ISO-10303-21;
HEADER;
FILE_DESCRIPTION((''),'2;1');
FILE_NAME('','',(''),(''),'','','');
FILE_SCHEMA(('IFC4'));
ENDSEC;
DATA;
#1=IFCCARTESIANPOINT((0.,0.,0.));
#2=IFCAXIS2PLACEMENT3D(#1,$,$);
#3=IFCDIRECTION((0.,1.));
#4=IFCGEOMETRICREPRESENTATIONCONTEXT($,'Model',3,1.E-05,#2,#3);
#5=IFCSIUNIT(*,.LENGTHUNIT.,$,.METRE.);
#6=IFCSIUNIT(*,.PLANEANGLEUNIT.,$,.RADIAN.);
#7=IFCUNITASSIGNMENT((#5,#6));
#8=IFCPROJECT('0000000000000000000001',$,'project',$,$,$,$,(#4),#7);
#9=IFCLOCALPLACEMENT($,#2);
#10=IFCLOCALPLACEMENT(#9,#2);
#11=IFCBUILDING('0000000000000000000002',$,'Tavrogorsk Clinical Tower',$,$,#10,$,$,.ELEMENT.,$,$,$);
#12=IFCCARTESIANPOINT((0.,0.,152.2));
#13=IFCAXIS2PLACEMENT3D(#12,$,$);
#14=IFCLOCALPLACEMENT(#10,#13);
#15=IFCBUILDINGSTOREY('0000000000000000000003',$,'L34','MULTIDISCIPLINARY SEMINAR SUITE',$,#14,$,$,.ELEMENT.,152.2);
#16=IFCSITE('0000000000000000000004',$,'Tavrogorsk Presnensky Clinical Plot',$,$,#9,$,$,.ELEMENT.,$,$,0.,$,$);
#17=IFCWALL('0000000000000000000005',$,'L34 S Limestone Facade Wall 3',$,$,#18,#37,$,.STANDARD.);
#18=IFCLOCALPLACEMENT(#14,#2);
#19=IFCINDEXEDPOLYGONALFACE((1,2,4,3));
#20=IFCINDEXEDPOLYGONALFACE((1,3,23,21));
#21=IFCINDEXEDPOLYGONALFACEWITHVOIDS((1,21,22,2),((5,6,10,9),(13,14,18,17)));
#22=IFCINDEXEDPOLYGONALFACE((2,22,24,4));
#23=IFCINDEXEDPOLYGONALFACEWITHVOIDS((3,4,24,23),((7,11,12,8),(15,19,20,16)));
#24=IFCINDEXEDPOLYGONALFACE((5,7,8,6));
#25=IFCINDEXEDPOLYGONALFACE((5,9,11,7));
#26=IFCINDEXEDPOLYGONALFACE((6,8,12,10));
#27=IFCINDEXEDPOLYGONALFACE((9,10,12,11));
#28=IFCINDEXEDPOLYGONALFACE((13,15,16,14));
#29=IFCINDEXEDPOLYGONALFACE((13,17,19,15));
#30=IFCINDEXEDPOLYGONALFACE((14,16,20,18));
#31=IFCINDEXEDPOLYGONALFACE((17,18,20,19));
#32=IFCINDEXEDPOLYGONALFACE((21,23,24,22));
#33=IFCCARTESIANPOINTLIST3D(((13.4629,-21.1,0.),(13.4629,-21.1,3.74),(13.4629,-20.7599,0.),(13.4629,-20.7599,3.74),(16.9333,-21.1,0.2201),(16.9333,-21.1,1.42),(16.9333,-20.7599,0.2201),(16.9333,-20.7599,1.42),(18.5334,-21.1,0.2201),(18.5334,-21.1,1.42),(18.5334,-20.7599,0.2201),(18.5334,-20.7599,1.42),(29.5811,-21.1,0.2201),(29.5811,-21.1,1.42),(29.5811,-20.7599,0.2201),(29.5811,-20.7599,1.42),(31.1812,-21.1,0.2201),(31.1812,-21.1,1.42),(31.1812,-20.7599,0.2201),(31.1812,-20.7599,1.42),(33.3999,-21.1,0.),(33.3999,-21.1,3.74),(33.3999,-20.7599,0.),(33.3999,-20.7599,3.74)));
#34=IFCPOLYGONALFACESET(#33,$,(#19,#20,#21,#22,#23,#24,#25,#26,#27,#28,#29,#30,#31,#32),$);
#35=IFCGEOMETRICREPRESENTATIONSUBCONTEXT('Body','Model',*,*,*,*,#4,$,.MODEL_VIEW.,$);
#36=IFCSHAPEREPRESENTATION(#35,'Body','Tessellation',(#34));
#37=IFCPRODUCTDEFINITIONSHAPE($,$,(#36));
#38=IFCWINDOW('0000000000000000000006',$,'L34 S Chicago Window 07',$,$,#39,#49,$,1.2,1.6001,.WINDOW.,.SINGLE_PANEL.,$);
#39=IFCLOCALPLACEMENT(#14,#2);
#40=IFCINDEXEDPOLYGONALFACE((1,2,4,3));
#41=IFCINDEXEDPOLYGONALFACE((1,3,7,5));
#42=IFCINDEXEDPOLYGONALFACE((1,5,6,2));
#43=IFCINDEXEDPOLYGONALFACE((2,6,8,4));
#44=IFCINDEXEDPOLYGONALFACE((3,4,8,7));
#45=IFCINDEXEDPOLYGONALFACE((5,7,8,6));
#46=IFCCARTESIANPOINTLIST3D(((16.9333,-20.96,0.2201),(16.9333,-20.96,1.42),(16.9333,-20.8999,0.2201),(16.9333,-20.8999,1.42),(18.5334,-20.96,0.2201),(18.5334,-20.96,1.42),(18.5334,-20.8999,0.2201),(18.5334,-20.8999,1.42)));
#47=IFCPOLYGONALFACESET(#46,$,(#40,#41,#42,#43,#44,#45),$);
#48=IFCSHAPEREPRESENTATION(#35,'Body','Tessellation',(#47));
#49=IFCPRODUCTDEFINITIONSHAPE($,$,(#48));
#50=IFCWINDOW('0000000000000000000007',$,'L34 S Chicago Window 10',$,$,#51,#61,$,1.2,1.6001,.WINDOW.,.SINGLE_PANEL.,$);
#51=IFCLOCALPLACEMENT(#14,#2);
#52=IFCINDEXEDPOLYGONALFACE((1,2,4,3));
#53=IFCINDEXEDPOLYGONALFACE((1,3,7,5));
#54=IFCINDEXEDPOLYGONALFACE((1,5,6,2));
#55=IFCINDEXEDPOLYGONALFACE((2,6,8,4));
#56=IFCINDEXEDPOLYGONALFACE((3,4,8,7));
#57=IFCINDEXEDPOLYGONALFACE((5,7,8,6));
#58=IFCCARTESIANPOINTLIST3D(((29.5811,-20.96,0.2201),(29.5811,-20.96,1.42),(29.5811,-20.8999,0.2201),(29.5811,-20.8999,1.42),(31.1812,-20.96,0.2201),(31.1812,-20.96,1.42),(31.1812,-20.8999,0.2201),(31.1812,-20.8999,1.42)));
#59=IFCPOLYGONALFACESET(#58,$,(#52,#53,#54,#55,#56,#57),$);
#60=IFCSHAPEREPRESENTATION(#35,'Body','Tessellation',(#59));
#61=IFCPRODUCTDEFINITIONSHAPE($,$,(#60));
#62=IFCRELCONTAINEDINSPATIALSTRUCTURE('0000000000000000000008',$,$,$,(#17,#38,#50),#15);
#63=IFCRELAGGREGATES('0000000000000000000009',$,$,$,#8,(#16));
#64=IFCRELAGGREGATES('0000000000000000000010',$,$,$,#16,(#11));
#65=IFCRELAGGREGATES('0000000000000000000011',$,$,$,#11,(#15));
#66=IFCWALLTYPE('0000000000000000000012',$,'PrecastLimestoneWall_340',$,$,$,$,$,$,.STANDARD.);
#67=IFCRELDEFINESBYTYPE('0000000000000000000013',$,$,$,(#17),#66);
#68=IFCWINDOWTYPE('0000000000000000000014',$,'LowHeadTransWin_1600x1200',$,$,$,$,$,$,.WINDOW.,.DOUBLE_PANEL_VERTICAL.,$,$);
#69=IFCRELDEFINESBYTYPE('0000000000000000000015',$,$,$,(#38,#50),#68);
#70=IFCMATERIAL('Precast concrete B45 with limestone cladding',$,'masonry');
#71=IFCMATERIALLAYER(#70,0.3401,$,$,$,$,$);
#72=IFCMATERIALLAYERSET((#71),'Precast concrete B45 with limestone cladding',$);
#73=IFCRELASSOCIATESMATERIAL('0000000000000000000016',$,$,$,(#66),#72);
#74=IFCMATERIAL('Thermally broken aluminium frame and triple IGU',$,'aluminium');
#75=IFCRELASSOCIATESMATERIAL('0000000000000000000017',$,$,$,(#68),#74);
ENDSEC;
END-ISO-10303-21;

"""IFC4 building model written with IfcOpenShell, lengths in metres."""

from ifc_helpers import new_model, si_unit, direction, frame, frame_2d, origin, place, context, subcontext, project, spatial, rectangle, extrude, material, layer, layer_set, type_object, element, fill, save


model = new_model("IFC4")

# Units and contexts
model_context = context("Model", 3, precision=1e-05, world=origin(), true_north=direction((0.0, 1.0)))
body_context = subcontext(model_context, "Body", "Model", "MODEL_VIEW")
ifc_project = project(units=[si_unit("LENGTHUNIT", "METRE"), si_unit("PLANEANGLEUNIT", "RADIAN")], contexts=[model_context])

# Site, building, storey
site_placement = place(None, origin())
site = spatial("IfcSite", under=ifc_project, at=site_placement, Name="Tavrogorsk Presnensky Clinical Plot", CompositionType="ELEMENT", RefElevation=0.0)
building_placement = place(site_placement, origin())
building = spatial("IfcBuilding", under=site, at=building_placement, Name="Tavrogorsk Clinical Tower", CompositionType="ELEMENT")
storey_placement = place(building_placement, frame((0.0, 0.0, 152.2)))
storey = spatial("IfcBuildingStorey", under=building, at=storey_placement, Name="L34", Description="MULTIDISCIPLINARY SEMINAR SUITE", CompositionType="ELEMENT", Elevation=152.2)

# Wall, openings, windows
ifc_material_1 = material(Name="Precast concrete B45 with limestone cladding", Category="masonry")
ifc_layer_1 = layer(ifc_material_1, 0.3401)
ifc_layer_set_1 = layer_set([ifc_layer_1], Name="Precast concrete B45 with limestone cladding")
wall_type_1 = type_object("IfcWallType", Name="PrecastLimestoneWall_340", PredefinedType="STANDARD", material=ifc_layer_set_1)
wall_1_placement = place(storey_placement, frame((13.4629, -20.9299, 0.0), z_axis=(0.0, 0.0, 1.0), x_axis=(1.0, 0.0, 0.0)))
wall_1 = element("IfcWall", 1, at=wall_1_placement, inside=storey, type_object=wall_type_1, Name="L34 S Limestone Facade Wall 3", PredefinedType="STANDARD", context=body_context, shape_type="SweptSolid", body=[
    extrude(rectangle(XDim=19.937, YDim=0.3401, at=frame_2d((9.9685, 0.0))), origin(), (0.0, 0.0, 1.0), 3.74),
])
opening_1_placement = place(wall_1_placement, frame((3.4705, 0.0, 0.22)))
opening_1 = element("IfcOpeningElement", 2, at=opening_1_placement, cuts=wall_1, PredefinedType="OPENING", context=body_context, shape_type="SweptSolid", body=[
    extrude(rectangle(XDim=1.6001, YDim=1.2, at=frame_2d((0.8, 0.6001))), frame((0.0, 0.1799, 0.0), z_axis=(0.0, -1.0, 0.0), x_axis=(1.0, 0.0, 0.0)), (0.0, 0.0, 1.0), 0.3601),
])
opening_2_placement = place(wall_1_placement, frame((16.1182, 0.0, 0.22)))
opening_2 = element("IfcOpeningElement", 3, at=opening_2_placement, cuts=wall_1, PredefinedType="OPENING", context=body_context, shape_type="SweptSolid", body=[
    extrude(rectangle(XDim=1.6001, YDim=1.2, at=frame_2d((0.8, 0.6001))), frame((0.0, 0.1799, 0.0), z_axis=(0.0, -1.0, 0.0), x_axis=(1.0, 0.0, 0.0)), (0.0, 0.0, 1.0), 0.3601),
])
ifc_material_2 = material(Name="Thermally broken aluminium frame and triple IGU", Category="aluminium")
window_type = type_object("IfcWindowType", Name="LowHeadTransWin_1600x1200", PartitioningType="DOUBLE_PANEL_VERTICAL", PredefinedType="WINDOW", material=ifc_material_2)
window_1_placement = place(opening_1_placement, origin())
window_1 = element("IfcWindow", 4, at=window_1_placement, inside=storey, type_object=window_type, Name="L34 S Chicago Window 07", OverallHeight=1.2, OverallWidth=1.6001, PartitioningType="SINGLE_PANEL", PredefinedType="WINDOW", context=body_context, shape_type="SweptSolid", body=[
    extrude(rectangle(XDim=1.6001, YDim=1.2, at=frame_2d((0.8, 0.6001))), frame((0.0, 0.03, 0.0), z_axis=(0.0, -1.0, 0.0), x_axis=(1.0, 0.0, 0.0)), (0.0, 0.0, 1.0), 0.0601),
])
fill(opening_1, window_1)
window_2_placement = place(opening_2_placement, origin())
window_2 = element("IfcWindow", 5, at=window_2_placement, inside=storey, type_object=window_type, Name="L34 S Chicago Window 10", OverallHeight=1.2, OverallWidth=1.6001, PartitioningType="SINGLE_PANEL", PredefinedType="WINDOW", context=body_context, shape_type="SweptSolid", body=[
    extrude(rectangle(XDim=1.6001, YDim=1.2, at=frame_2d((0.8, 0.6001))), frame((0.0, 0.03, 0.0), z_axis=(0.0, -1.0, 0.0), x_axis=(1.0, 0.0, 0.0)), (0.0, 0.0, 1.0), 0.0601),
])
fill(opening_2, window_2)

save(model, "model.ifc")
